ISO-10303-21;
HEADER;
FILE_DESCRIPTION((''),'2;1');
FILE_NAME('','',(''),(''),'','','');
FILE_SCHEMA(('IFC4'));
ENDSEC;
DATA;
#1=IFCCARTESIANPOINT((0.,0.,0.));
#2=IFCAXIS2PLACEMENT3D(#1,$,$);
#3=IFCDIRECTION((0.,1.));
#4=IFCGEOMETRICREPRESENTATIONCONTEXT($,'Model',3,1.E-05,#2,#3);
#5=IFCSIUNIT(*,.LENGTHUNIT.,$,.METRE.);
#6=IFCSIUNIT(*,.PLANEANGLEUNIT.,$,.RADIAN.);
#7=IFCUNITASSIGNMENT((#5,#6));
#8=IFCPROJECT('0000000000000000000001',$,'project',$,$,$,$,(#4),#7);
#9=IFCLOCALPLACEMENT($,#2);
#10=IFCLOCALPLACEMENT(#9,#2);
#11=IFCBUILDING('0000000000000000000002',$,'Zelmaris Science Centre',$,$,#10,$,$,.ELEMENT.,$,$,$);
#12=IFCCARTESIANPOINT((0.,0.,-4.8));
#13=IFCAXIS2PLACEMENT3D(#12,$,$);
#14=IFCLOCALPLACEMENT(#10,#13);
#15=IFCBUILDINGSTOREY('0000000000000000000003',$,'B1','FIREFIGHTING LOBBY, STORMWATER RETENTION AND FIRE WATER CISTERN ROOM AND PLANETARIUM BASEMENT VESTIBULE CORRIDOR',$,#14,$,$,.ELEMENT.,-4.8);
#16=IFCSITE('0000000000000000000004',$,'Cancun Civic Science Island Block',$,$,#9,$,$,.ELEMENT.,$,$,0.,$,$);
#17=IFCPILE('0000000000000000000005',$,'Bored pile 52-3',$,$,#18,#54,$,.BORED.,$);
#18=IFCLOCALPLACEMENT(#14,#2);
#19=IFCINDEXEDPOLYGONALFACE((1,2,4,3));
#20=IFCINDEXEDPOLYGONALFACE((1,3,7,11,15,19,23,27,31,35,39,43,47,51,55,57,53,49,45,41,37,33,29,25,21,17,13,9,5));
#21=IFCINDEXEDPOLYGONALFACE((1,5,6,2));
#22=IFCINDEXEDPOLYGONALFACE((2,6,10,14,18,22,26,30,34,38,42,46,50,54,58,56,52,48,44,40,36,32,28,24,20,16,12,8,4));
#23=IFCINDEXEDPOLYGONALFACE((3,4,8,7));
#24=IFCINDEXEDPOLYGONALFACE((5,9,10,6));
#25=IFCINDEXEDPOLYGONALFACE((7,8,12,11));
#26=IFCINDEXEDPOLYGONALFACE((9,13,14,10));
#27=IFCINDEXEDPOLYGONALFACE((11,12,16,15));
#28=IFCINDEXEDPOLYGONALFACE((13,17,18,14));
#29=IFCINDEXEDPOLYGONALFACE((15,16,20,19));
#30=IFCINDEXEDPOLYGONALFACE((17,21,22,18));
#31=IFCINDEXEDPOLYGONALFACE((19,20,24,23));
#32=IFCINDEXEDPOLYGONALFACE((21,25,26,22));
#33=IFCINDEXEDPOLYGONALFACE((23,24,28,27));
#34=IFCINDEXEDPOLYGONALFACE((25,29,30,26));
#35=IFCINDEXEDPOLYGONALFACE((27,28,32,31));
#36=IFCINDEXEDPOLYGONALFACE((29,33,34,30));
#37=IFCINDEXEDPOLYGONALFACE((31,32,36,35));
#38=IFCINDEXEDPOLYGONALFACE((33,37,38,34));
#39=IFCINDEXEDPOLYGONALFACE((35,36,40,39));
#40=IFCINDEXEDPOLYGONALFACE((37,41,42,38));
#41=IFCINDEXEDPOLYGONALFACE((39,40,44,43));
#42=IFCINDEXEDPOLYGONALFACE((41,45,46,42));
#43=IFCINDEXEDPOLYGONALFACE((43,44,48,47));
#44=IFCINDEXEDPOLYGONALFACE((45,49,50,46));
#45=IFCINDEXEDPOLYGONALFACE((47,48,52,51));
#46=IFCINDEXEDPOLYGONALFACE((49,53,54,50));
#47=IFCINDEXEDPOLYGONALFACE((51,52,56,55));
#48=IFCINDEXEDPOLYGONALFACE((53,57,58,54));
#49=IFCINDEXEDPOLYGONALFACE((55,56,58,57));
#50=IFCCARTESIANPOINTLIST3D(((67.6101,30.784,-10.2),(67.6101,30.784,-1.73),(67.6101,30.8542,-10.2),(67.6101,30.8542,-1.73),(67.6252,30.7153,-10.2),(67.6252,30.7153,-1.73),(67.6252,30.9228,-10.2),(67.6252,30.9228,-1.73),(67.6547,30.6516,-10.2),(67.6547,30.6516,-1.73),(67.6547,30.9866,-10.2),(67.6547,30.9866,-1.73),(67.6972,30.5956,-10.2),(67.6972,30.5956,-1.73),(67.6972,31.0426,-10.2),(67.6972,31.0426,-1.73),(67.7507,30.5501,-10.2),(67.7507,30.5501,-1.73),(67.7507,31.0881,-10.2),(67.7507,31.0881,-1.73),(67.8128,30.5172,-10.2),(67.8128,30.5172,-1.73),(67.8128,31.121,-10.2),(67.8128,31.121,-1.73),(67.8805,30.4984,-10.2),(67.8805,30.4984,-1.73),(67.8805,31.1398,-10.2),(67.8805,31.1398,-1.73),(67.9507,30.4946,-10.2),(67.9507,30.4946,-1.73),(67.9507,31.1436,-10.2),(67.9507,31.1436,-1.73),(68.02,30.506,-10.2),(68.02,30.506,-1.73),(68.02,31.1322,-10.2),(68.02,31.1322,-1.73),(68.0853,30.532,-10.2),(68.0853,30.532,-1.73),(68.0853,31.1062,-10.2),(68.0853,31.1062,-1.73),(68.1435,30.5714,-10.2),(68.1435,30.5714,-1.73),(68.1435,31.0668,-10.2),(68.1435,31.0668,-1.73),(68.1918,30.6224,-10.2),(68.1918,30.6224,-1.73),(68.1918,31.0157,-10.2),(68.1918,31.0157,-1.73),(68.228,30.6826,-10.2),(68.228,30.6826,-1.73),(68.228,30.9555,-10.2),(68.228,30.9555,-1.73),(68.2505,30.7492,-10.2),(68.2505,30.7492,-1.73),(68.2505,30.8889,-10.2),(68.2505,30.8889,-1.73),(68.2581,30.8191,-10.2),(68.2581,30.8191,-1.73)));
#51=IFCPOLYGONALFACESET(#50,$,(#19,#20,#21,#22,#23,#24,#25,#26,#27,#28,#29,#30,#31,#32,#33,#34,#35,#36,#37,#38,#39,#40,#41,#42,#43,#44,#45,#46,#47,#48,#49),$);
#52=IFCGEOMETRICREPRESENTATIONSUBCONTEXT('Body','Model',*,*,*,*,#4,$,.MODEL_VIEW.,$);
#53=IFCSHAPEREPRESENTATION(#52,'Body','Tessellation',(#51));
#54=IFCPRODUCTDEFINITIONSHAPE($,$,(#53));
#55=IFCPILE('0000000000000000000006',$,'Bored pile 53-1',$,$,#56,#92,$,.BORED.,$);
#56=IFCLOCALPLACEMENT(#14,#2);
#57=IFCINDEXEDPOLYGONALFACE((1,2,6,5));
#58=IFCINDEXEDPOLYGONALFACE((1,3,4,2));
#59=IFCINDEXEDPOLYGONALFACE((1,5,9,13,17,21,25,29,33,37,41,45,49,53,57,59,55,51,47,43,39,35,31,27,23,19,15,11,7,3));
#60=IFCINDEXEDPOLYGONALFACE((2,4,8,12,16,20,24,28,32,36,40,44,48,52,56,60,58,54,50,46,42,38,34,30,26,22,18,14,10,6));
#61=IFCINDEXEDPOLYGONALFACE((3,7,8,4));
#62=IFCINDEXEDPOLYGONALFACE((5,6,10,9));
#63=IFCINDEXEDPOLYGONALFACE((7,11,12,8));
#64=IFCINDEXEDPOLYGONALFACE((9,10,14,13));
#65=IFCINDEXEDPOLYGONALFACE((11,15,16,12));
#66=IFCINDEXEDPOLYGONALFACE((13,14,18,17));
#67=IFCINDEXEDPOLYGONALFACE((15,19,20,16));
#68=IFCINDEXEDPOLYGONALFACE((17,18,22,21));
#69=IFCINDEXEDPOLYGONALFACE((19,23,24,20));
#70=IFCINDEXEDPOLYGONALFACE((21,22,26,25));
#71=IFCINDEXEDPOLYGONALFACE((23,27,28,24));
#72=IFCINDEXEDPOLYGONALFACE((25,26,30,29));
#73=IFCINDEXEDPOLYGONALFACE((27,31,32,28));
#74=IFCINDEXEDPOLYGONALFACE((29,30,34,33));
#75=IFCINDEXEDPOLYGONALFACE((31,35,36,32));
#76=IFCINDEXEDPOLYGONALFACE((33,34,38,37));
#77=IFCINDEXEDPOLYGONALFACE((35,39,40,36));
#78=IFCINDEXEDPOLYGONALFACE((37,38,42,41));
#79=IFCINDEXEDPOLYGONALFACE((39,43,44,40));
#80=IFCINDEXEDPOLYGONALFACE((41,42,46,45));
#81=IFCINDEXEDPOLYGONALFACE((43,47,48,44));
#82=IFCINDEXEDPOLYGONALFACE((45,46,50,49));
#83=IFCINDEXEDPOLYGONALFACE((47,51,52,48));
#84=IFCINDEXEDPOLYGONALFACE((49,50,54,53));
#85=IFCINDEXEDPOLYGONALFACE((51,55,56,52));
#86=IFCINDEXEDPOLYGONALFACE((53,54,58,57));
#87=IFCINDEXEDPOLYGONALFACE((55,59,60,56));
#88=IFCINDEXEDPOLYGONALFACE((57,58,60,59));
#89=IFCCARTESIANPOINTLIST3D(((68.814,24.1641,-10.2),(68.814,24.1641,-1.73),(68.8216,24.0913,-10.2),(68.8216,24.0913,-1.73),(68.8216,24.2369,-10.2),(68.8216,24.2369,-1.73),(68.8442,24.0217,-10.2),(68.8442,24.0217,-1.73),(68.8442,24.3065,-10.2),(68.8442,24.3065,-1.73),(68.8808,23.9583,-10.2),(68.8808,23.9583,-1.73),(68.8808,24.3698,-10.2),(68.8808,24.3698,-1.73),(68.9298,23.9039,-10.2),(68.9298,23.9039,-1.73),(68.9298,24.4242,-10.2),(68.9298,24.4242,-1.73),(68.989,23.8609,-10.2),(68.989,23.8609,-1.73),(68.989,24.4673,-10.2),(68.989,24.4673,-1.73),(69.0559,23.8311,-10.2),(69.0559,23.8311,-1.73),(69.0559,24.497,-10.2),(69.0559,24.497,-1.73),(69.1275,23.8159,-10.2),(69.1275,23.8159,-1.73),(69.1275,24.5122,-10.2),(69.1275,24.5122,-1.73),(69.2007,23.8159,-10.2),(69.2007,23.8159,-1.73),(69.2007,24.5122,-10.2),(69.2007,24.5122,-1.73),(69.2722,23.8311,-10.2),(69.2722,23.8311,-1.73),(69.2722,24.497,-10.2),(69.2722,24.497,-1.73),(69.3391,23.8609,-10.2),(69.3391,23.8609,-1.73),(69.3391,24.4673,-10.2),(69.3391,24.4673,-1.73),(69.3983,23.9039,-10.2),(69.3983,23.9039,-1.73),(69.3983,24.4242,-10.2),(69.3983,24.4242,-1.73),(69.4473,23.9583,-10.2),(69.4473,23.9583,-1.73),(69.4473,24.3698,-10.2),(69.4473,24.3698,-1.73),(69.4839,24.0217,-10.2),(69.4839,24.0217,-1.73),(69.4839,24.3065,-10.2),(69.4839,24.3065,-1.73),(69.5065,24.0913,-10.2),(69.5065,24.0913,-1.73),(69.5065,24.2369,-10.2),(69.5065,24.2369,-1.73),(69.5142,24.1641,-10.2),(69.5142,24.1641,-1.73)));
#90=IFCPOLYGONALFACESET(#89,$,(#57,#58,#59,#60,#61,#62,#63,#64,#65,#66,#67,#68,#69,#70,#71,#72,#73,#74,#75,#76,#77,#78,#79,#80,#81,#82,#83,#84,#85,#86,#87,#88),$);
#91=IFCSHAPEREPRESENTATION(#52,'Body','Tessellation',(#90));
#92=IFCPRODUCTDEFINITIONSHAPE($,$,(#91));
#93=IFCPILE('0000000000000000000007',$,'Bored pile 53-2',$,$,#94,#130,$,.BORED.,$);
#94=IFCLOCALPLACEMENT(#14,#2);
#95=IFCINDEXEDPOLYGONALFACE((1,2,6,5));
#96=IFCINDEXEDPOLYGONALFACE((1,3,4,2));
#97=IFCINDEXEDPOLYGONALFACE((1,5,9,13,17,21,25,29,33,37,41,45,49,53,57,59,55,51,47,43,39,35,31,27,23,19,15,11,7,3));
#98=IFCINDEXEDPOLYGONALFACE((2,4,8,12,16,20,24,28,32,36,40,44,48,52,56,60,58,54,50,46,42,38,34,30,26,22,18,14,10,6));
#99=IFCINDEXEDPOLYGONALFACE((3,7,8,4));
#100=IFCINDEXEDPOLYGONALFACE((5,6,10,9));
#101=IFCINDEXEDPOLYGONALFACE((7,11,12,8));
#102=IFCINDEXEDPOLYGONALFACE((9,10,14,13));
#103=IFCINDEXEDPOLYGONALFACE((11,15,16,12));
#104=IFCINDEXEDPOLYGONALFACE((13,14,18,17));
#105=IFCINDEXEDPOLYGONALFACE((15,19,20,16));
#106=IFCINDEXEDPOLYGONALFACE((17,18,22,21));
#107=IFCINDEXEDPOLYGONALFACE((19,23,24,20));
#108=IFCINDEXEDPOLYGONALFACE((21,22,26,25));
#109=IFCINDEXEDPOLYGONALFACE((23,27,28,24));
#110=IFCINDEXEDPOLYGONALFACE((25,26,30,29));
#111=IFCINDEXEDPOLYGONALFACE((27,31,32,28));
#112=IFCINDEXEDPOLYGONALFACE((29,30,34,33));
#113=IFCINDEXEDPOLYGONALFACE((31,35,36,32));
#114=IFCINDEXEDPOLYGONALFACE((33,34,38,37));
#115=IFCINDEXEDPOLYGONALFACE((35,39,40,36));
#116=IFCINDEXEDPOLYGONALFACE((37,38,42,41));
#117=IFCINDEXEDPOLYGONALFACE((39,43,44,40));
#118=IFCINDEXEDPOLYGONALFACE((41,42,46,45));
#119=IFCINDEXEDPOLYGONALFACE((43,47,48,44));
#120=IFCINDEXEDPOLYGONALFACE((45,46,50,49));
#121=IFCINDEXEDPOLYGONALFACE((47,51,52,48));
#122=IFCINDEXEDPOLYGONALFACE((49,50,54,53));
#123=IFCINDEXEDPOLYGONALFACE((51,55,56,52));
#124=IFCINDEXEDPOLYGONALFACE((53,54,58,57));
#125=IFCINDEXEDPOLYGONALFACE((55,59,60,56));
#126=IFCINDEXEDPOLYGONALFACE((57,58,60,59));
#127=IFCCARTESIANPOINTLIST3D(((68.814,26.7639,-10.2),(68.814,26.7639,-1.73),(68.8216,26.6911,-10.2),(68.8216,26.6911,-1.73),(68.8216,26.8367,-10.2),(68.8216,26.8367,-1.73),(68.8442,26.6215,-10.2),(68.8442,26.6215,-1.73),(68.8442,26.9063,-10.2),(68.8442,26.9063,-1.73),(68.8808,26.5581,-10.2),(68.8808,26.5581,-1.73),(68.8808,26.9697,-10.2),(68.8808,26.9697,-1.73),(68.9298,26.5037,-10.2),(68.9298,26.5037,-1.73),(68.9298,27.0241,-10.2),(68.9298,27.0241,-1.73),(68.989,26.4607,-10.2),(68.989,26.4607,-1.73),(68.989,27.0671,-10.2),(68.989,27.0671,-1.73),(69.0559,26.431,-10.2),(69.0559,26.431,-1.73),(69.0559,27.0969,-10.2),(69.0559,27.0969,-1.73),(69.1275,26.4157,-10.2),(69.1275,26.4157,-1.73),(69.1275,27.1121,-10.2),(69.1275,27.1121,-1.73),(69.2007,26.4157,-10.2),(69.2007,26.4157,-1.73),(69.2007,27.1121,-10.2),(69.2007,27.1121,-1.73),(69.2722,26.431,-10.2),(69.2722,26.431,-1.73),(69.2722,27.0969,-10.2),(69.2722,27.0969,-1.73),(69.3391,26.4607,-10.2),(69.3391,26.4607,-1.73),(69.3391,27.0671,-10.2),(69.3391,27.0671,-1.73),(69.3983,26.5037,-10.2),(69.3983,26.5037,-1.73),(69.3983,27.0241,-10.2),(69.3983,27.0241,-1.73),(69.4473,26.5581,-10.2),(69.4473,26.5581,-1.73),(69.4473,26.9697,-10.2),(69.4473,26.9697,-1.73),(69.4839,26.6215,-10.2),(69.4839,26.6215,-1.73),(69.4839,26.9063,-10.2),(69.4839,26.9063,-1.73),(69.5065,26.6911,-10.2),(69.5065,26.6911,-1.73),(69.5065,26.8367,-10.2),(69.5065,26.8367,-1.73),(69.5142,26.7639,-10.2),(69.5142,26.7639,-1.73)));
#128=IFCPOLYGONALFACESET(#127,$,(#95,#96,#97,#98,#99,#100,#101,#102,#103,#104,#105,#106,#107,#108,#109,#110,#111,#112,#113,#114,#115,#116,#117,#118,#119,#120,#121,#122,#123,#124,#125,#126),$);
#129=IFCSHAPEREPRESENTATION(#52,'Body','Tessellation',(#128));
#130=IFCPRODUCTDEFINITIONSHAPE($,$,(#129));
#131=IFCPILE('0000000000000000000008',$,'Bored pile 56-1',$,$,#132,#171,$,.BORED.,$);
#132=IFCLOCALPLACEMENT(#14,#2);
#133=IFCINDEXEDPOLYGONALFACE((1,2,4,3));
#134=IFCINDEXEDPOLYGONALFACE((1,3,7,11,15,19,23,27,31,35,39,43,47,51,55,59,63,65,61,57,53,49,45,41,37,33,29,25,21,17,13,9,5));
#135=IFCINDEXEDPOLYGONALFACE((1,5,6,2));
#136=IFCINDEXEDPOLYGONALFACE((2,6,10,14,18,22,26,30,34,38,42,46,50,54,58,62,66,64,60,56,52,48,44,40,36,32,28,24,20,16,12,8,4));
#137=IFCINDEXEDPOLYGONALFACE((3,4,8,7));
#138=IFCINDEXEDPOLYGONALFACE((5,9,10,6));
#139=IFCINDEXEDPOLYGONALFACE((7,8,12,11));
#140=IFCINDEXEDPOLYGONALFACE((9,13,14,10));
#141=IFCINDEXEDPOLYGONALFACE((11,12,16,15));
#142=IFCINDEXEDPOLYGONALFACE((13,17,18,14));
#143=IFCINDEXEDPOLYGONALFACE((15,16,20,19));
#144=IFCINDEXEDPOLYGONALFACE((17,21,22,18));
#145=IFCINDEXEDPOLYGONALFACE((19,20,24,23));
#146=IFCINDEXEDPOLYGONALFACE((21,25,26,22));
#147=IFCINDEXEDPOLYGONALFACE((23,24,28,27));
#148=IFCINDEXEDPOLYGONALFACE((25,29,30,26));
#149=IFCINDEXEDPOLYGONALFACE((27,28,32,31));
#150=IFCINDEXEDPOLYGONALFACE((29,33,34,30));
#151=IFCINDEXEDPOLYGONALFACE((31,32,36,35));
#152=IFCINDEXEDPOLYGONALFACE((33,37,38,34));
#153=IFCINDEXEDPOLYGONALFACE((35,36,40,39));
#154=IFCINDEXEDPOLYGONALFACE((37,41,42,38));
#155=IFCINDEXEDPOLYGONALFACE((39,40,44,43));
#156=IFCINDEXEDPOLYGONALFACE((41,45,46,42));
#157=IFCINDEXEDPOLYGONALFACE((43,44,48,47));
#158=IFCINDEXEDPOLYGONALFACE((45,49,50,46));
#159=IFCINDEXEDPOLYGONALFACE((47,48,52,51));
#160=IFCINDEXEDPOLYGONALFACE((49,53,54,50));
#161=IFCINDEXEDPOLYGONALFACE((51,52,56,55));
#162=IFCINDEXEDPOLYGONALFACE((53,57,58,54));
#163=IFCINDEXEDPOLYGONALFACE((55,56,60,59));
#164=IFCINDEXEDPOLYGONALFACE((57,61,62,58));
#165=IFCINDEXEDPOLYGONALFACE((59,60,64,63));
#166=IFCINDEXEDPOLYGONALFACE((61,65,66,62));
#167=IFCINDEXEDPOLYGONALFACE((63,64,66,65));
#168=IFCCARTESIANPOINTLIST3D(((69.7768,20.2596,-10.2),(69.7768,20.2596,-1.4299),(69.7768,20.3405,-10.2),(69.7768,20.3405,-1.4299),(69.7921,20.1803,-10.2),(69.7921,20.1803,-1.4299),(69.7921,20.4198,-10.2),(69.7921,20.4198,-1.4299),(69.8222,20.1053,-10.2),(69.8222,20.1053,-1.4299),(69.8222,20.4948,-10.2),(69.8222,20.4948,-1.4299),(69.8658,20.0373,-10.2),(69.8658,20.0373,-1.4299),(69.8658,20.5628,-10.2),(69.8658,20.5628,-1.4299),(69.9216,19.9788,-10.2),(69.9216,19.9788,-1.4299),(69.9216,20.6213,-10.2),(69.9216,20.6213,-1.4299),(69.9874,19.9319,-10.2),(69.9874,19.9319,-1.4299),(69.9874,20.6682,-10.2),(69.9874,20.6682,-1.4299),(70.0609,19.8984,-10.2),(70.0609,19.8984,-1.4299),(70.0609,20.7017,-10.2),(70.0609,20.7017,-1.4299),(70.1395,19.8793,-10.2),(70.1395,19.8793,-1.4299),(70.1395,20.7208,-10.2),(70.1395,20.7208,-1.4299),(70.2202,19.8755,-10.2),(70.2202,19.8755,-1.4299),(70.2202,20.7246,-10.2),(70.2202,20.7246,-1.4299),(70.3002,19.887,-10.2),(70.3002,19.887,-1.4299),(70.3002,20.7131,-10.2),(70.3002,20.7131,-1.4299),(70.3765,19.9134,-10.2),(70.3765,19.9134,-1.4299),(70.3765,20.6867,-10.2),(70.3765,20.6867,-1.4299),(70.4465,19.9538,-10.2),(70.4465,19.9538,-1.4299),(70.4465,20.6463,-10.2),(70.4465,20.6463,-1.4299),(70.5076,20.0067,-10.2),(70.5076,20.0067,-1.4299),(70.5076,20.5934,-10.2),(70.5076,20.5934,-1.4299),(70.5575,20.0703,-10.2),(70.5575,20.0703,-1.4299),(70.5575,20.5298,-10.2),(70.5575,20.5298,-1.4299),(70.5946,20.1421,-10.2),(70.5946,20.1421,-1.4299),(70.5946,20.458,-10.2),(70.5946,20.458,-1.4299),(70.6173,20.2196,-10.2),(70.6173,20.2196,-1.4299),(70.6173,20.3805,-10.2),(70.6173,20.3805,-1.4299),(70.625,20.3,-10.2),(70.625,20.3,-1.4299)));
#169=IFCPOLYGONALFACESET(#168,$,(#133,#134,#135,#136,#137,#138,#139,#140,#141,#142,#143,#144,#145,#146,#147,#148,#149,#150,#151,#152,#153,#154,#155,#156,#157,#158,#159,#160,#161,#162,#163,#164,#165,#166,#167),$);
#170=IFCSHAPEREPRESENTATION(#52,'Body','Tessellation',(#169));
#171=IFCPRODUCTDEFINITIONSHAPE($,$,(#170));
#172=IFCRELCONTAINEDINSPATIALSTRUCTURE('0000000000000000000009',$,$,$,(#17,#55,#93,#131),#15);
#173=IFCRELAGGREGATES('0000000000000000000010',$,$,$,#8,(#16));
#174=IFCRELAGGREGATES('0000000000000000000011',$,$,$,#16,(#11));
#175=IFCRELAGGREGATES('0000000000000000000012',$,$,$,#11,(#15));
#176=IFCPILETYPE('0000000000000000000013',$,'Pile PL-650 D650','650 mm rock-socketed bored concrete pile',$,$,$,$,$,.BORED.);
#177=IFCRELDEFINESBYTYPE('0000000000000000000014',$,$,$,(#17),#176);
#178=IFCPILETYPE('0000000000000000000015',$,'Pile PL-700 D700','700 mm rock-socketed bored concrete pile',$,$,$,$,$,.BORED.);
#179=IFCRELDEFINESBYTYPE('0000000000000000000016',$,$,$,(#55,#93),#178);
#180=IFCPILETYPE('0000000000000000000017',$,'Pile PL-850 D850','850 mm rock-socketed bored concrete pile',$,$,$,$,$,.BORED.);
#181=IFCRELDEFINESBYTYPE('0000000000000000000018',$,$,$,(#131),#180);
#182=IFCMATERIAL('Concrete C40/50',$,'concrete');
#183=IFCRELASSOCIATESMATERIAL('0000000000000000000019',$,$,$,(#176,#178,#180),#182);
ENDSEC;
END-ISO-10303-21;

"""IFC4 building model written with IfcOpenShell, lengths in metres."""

from ifc_helpers import new_model, si_unit, direction, frame, origin, origin_2d, place, context, subcontext, project, spatial, circle, extrude, material, material_profile, profile_set, type_object, element, save


model = new_model("IFC4")

# Units and contexts
model_context = context("Model", 3, precision=1e-05, world=origin(), true_north=direction((0.0, 1.0)))
body_context = subcontext(model_context, "Body", "Model", "MODEL_VIEW")
ifc_project = project(units=[si_unit("LENGTHUNIT", "METRE"), si_unit("PLANEANGLEUNIT", "RADIAN")], contexts=[model_context])

# Site, building, storey
site_placement = place(None, origin())
site = spatial("IfcSite", under=ifc_project, at=site_placement, Name="Cancun Civic Science Island Block", CompositionType="ELEMENT", RefElevation=0.0)
building_placement = place(site_placement, origin())
building = spatial("IfcBuilding", under=site, at=building_placement, Name="Zelmaris Science Centre", CompositionType="ELEMENT")
storey_placement = place(building_placement, frame((0.0, 0.0, -4.8)))
storey = spatial("IfcBuildingStorey", under=building, at=storey_placement, Name="B1", Description="FIREFIGHTING LOBBY, STORMWATER RETENTION AND FIRE WATER CISTERN ROOM AND PLANETARIUM BASEMENT VESTIBULE CORRIDOR", CompositionType="ELEMENT", Elevation=-4.8)

# Shared definitions
ifc_material_1 = material(Name="Concrete C40/50", Category="concrete")

# Piles
ifc_material_profile_1 = material_profile(ifc_material_1, circle(Radius=0.325, at=origin_2d()), Name="PILE-650")
ifc_profile_set_1 = profile_set([ifc_material_profile_1], Name="Concrete C40/50")
pile_type_1 = type_object("IfcPileType", Name="Pile PL-650 D650", Description="650 mm rock-socketed bored concrete pile", PredefinedType="BORED", material=ifc_profile_set_1)
for number, where, z_axis, x_axis, name in (
    (1, (67.9331, 30.8191, -1.73), (0.0, 0.0, -1.0), (1.0, 0.0, 0.0), "Bored pile 52-3"),
):
    element("IfcPile", number, at=place(storey_placement, frame(where, z_axis=z_axis, x_axis=x_axis)), inside=storey, type_object=pile_type_1, Name=name, PredefinedType="BORED", context=body_context, shape_type="SweptSolid", body=[
        extrude(circle(Radius=0.325, at=origin_2d()), origin(), (0.0, 0.0, 1.0), 8.47),
    ])
ifc_material_profile_2 = material_profile(ifc_material_1, circle(Radius=0.3501, at=origin_2d()), Name="PILE-700")
ifc_profile_set_2 = profile_set([ifc_material_profile_2], Name="Concrete C40/50")
pile_type_2 = type_object("IfcPileType", Name="Pile PL-700 D700", Description="700 mm rock-socketed bored concrete pile", PredefinedType="BORED", material=ifc_profile_set_2)
for number, where, z_axis, x_axis, name in (
    (2, (69.1641, 24.1641, -1.73), (0.0, 0.0, -1.0), (1.0, 0.0, 0.0), "Bored pile 53-1"),
    (3, (69.1641, 26.7639, -1.73), (0.0, 0.0, -1.0), (1.0, 0.0, 0.0), "Bored pile 53-2"),
):
    element("IfcPile", number, at=place(storey_placement, frame(where, z_axis=z_axis, x_axis=x_axis)), inside=storey, type_object=pile_type_2, Name=name, PredefinedType="BORED", context=body_context, shape_type="SweptSolid", body=[
        extrude(circle(Radius=0.3501, at=origin_2d()), origin(), (0.0, 0.0, 1.0), 8.47),
    ])
ifc_material_profile_3 = material_profile(ifc_material_1, circle(Radius=0.425, at=origin_2d()), Name="PILE-850")
ifc_profile_set_3 = profile_set([ifc_material_profile_3], Name="Concrete C40/50")
pile_type_3 = type_object("IfcPileType", Name="Pile PL-850 D850", Description="850 mm rock-socketed bored concrete pile", PredefinedType="BORED", material=ifc_profile_set_3)
pile_1_placement = place(storey_placement, frame((70.2, 20.3, -1.4299), z_axis=(0.0, 0.0, -1.0), x_axis=(1.0, 0.0, 0.0)))
element("IfcPile", 4, at=pile_1_placement, inside=storey, type_object=pile_type_3, Name="Bored pile 56-1", PredefinedType="BORED", context=body_context, shape_type="SweptSolid", body=[
    extrude(circle(Radius=0.425, at=origin_2d()), origin(), (0.0, 0.0, 1.0), 8.77),
])

save(model, "model.ifc")
